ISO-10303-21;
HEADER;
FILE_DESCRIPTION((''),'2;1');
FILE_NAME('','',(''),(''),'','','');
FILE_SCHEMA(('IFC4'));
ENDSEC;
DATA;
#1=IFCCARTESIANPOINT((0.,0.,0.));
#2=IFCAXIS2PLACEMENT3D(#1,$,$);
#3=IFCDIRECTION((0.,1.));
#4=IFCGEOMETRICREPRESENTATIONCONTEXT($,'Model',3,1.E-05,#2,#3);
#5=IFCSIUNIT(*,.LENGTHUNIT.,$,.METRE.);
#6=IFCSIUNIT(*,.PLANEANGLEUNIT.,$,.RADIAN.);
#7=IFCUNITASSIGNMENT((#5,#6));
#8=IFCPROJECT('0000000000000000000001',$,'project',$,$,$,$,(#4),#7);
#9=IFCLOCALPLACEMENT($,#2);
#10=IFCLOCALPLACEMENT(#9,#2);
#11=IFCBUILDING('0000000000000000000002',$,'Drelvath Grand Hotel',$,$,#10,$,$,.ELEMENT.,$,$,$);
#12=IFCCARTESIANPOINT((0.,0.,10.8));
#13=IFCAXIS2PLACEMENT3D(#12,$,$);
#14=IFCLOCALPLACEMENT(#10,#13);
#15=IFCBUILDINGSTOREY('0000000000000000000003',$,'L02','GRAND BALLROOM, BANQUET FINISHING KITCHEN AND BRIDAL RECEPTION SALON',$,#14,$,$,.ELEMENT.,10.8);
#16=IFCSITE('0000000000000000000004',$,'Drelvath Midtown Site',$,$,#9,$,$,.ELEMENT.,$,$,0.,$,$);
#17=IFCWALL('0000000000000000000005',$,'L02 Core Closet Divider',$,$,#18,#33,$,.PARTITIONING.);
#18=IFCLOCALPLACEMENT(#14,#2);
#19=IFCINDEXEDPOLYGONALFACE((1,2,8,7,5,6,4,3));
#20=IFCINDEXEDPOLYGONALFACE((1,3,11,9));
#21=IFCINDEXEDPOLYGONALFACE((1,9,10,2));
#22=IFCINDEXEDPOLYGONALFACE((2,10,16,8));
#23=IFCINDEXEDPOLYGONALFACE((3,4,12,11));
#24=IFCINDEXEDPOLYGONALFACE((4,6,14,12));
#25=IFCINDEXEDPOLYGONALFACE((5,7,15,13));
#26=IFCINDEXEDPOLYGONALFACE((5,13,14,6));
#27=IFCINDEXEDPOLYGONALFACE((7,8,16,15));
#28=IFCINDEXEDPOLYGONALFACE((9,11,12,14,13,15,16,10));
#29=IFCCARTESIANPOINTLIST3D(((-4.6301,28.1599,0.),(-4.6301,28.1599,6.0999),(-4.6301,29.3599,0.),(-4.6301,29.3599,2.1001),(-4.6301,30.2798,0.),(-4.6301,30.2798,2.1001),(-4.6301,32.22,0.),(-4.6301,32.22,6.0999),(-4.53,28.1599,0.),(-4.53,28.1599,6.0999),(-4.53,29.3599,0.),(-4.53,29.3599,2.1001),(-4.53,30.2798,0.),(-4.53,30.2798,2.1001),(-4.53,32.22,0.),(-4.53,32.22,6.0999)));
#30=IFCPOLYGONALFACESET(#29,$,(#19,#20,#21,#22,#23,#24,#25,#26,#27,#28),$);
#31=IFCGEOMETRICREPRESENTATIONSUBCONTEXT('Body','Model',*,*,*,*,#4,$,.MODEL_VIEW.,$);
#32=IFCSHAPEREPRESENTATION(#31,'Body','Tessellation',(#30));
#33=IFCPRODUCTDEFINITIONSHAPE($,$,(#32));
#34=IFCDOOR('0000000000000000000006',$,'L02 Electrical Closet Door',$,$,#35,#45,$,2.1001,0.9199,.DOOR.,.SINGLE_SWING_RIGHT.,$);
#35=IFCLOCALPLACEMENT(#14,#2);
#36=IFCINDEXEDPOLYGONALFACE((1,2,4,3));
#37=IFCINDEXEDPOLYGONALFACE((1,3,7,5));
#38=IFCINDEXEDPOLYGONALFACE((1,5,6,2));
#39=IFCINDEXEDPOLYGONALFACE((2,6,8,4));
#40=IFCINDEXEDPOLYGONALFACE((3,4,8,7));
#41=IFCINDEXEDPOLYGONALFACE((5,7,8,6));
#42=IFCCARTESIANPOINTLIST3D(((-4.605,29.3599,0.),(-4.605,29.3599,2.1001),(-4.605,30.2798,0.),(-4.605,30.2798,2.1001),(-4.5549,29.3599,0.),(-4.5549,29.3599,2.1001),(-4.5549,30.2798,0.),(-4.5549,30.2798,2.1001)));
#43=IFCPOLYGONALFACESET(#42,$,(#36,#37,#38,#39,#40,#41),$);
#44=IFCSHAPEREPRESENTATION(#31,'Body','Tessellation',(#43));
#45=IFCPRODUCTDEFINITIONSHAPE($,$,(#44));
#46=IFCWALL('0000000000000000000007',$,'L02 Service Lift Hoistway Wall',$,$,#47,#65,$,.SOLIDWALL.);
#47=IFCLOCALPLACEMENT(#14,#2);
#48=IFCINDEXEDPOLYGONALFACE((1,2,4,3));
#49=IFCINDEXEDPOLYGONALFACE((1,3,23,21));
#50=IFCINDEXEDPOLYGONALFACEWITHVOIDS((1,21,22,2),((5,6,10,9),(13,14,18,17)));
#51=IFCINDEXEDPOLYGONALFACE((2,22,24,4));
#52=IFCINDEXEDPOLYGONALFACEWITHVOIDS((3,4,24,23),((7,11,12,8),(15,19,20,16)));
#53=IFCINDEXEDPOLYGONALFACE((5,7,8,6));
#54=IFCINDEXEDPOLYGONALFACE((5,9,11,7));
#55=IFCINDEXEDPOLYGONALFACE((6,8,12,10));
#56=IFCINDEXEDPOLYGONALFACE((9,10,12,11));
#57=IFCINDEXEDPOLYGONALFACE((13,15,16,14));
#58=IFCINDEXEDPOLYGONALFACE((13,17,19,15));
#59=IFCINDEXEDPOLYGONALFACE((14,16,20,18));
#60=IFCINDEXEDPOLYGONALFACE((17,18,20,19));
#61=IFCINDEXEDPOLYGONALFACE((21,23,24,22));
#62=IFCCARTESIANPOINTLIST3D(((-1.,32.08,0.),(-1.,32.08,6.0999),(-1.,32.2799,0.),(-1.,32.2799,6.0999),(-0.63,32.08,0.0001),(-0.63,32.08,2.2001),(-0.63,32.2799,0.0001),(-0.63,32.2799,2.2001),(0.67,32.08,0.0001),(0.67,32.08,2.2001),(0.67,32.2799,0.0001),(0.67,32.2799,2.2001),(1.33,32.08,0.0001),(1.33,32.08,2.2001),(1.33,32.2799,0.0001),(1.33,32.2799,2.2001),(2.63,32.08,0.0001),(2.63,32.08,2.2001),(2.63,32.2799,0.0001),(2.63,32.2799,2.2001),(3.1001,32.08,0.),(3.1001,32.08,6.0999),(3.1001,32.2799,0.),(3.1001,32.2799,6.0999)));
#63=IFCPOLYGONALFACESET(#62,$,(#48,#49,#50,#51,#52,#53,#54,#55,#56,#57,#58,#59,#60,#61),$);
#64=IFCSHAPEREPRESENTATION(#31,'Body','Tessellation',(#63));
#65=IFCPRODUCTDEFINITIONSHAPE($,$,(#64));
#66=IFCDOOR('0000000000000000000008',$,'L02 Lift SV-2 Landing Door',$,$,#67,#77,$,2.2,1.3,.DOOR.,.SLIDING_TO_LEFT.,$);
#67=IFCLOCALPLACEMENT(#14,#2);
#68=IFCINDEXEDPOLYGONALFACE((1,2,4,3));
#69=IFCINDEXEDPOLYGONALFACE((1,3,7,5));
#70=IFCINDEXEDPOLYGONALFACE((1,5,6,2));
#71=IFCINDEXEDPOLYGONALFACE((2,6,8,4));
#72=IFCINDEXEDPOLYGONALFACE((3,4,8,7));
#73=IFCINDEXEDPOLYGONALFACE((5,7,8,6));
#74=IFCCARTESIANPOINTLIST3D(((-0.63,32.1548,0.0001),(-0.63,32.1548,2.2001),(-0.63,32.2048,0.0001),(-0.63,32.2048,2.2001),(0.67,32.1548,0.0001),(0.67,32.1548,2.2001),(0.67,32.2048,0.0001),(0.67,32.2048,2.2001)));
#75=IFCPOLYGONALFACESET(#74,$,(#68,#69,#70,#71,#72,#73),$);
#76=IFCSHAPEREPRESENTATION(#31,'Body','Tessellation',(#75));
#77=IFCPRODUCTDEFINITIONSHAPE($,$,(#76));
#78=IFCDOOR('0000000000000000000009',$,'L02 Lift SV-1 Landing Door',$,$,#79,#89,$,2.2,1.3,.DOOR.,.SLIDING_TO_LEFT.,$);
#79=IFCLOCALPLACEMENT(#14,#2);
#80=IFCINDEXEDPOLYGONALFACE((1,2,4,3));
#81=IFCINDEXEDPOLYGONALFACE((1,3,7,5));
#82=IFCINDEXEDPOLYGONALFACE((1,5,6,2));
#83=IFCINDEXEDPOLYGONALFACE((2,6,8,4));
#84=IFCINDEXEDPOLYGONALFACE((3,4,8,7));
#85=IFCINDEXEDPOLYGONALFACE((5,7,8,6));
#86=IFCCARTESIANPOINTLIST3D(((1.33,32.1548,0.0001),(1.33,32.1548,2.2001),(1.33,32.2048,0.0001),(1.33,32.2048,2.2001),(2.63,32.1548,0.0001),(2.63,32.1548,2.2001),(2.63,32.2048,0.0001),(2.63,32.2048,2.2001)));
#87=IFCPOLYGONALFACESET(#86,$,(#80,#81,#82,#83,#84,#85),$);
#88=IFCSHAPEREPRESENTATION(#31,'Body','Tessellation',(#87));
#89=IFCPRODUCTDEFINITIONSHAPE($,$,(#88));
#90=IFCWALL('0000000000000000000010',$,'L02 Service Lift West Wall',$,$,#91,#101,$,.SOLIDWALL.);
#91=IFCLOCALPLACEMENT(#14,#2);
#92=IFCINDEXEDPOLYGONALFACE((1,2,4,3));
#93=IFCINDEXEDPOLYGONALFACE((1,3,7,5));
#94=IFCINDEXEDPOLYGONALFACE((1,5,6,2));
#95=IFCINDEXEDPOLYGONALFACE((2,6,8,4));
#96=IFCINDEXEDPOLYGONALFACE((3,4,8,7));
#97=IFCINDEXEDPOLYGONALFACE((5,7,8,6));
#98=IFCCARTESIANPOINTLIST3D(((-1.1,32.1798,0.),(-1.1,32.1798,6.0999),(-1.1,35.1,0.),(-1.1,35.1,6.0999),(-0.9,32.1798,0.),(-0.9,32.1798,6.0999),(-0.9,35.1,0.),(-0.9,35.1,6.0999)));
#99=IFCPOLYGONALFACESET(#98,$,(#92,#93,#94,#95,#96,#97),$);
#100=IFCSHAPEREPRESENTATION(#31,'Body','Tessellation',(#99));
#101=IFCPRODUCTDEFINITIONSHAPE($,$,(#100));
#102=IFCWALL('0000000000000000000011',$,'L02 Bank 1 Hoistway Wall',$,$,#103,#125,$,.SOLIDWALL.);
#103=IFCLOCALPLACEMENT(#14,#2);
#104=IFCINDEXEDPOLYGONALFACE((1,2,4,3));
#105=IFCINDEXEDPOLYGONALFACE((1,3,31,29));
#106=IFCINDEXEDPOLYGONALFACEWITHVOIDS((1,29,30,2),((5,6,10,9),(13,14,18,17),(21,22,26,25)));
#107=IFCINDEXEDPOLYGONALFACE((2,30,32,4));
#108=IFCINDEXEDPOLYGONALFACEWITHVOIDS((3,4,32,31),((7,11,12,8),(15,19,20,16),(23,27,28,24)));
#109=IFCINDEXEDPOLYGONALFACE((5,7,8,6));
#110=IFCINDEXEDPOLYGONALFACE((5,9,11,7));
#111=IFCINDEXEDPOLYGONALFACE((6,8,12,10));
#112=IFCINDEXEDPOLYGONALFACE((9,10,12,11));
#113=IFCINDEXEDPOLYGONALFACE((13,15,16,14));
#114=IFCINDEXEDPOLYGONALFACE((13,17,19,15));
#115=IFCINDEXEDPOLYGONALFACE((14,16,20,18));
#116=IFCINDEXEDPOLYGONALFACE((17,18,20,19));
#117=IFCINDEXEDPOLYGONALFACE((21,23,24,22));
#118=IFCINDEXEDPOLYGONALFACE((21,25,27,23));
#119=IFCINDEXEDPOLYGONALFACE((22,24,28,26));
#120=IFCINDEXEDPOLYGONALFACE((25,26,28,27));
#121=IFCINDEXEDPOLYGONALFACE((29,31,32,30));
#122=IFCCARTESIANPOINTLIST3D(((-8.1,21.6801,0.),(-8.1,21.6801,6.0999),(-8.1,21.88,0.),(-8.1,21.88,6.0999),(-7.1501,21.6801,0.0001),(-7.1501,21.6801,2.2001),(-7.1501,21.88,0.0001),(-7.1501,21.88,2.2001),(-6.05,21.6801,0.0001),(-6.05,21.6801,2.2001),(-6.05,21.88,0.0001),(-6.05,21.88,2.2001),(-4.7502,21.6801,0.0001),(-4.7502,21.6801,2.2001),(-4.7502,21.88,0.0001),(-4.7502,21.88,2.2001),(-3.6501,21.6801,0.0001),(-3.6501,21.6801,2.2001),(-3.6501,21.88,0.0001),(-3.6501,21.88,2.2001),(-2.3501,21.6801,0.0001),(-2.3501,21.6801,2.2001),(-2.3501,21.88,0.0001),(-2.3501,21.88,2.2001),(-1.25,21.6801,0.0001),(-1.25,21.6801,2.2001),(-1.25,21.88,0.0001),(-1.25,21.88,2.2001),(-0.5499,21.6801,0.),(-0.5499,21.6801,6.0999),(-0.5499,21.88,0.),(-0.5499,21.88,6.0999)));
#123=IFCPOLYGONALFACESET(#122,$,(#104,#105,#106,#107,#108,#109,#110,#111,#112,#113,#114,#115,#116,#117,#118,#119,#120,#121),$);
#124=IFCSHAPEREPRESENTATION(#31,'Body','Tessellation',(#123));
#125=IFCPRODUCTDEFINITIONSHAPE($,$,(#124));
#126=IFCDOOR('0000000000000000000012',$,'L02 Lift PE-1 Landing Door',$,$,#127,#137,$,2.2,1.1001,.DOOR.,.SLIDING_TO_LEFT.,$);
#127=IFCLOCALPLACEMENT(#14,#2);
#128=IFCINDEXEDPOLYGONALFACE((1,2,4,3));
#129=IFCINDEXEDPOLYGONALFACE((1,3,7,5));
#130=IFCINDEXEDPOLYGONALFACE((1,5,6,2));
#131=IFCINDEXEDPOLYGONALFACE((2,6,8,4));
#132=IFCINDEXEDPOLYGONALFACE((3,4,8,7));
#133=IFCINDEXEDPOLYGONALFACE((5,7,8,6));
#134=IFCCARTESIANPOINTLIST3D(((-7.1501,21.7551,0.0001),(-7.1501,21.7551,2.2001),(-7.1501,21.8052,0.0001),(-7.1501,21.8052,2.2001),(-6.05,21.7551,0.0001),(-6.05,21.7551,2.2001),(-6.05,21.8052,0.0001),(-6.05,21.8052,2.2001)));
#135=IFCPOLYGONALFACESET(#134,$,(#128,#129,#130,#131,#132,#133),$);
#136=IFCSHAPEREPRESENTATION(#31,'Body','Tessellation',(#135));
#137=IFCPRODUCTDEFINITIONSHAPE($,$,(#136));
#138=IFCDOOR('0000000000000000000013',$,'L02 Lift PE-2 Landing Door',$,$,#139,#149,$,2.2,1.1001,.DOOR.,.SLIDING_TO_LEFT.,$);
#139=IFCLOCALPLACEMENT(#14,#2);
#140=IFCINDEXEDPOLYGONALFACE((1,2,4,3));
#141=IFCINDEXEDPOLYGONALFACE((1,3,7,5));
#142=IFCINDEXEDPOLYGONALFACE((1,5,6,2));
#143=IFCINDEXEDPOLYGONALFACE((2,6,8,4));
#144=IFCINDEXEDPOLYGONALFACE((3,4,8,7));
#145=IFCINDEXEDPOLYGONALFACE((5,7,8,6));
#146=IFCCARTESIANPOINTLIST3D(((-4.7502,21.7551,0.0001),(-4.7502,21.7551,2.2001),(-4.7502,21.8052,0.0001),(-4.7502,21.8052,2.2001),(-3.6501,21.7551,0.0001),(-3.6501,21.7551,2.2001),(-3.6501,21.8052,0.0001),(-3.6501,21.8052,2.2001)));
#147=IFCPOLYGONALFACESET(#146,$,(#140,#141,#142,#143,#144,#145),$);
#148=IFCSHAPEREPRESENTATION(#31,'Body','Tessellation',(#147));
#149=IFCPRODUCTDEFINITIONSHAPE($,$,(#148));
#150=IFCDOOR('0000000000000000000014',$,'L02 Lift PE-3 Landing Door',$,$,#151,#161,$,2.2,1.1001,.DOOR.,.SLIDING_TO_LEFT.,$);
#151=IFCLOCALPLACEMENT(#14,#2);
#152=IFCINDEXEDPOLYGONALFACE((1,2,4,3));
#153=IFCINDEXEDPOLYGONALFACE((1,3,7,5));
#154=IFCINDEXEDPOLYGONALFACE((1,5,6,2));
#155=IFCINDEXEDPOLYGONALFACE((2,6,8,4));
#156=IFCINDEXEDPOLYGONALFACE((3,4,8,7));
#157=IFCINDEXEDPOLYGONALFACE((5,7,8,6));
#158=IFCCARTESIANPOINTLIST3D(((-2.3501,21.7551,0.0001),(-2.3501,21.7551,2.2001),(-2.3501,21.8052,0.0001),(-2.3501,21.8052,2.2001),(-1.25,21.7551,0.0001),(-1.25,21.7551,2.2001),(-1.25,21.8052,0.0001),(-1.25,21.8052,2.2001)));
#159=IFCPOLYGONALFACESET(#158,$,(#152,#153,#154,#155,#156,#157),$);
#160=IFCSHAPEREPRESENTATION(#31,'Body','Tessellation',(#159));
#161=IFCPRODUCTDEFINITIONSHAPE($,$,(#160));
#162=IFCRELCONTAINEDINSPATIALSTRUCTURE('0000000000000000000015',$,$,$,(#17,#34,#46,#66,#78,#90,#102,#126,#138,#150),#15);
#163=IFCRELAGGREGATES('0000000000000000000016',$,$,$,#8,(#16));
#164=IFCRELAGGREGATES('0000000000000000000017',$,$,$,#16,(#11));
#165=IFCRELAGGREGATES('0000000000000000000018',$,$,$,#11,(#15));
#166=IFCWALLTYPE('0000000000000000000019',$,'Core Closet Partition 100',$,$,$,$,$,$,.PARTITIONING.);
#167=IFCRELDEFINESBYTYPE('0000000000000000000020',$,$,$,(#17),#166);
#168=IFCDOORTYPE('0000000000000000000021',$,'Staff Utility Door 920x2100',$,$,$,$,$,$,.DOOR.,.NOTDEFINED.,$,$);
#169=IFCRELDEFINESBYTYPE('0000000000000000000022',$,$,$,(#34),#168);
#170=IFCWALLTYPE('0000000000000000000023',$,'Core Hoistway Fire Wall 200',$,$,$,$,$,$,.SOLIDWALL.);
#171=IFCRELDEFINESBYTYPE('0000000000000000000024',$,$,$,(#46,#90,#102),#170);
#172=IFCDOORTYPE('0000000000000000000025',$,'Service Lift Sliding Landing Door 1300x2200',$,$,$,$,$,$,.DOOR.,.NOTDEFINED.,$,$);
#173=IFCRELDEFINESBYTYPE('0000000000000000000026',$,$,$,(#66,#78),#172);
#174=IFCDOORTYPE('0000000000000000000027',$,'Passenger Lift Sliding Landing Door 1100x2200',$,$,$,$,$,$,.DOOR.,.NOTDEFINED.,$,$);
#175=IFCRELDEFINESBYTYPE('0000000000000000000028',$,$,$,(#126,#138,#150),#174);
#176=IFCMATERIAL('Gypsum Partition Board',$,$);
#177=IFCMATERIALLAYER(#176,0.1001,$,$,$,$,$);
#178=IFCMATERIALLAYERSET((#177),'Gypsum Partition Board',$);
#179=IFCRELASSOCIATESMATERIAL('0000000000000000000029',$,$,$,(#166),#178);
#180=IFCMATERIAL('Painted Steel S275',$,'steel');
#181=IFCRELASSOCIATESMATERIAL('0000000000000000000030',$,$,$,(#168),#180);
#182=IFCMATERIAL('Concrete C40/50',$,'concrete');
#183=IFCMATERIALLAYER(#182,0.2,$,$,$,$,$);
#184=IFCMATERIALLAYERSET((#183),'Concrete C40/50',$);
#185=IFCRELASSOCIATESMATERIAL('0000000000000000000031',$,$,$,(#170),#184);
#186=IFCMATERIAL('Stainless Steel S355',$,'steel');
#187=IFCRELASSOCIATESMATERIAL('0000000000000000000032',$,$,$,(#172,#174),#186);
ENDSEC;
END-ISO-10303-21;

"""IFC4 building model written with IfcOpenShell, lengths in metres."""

from ifc_helpers import new_model, si_unit, direction, frame, frame_2d, origin, place, context, subcontext, project, spatial, rectangle, extrude, material, layer, layer_set, type_object, element, fill, save


model = new_model("IFC4")

# Units and contexts
model_context = context("Model", 3, precision=1e-05, world=origin(), true_north=direction((0.0, 1.0)))
body_context = subcontext(model_context, "Body", "Model", "MODEL_VIEW")
ifc_project = project(units=[si_unit("LENGTHUNIT", "METRE"), si_unit("PLANEANGLEUNIT", "RADIAN")], contexts=[model_context])

# Site, building, storey
site_placement = place(None, origin())
site = spatial("IfcSite", under=ifc_project, at=site_placement, Name="Drelvath Midtown Site", CompositionType="ELEMENT", RefElevation=0.0)
building_placement = place(site_placement, origin())
building = spatial("IfcBuilding", under=site, at=building_placement, Name="Drelvath Grand Hotel", CompositionType="ELEMENT")
storey_placement = place(building_placement, frame((0.0, 0.0, 10.8)))
storey = spatial("IfcBuildingStorey", under=building, at=storey_placement, Name="L02", Description="GRAND BALLROOM, BANQUET FINISHING KITCHEN AND BRIDAL RECEPTION SALON", CompositionType="ELEMENT", Elevation=10.8)

# Wall, opening, door
ifc_material_1 = material(Name="Gypsum Partition Board")
ifc_layer_1 = layer(ifc_material_1, 0.1001)
ifc_layer_set_1 = layer_set([ifc_layer_1], Name="Gypsum Partition Board")
wall_type_1 = type_object("IfcWallType", Name="Core Closet Partition 100", PredefinedType="PARTITIONING", material=ifc_layer_set_1)
wall_1_placement = place(storey_placement, frame((-4.5801, 28.1599, 0.0), z_axis=(0.0, 0.0, 1.0), x_axis=(0.0, 1.0, 0.0)))
wall_1 = element("IfcWall", 1, at=wall_1_placement, inside=storey, type_object=wall_type_1, Name="L02 Core Closet Divider", PredefinedType="PARTITIONING", context=body_context, shape_type="SweptSolid", body=[
    extrude(rectangle(XDim=4.0601, YDim=0.1001, at=frame_2d((2.03, 0.0))), origin(), (0.0, 0.0, 1.0), 6.0999),
])
opening_1_placement = place(wall_1_placement, frame((1.2, 0.0, 0.0)))
opening_1 = element("IfcOpeningElement", 2, at=opening_1_placement, cuts=wall_1, PredefinedType="OPENING", context=body_context, shape_type="SweptSolid", body=[
    extrude(rectangle(XDim=0.9199, YDim=2.1001, at=frame_2d((0.46, 1.05))), frame((0.0, 0.0601, 0.0), z_axis=(0.0, -1.0, 0.0), x_axis=(1.0, 0.0, 0.0)), (0.0, 0.0, 1.0), 0.1201),
])
ifc_material_2 = material(Name="Painted Steel S275", Category="steel")
door_type_1 = type_object("IfcDoorType", Name="Staff Utility Door 920x2100", OperationType="NOTDEFINED", PredefinedType="DOOR", material=ifc_material_2)
door_1_placement = place(opening_1_placement, origin())
door_1 = element("IfcDoor", 3, at=door_1_placement, inside=storey, type_object=door_type_1, Name="L02 Electrical Closet Door", OperationType="SINGLE_SWING_RIGHT", OverallHeight=2.1001, OverallWidth=0.9199, PredefinedType="DOOR", context=body_context, shape_type="SweptSolid", body=[
    extrude(rectangle(XDim=0.9199, YDim=2.1001, at=frame_2d((0.46, 1.05))), frame((0.0, 0.0249, 0.0), z_axis=(0.0, -1.0, 0.0), x_axis=(1.0, 0.0, 0.0)), (0.0, 0.0, 1.0), 0.05),
])
fill(opening_1, door_1)

# Wall, openings, doors
ifc_material_3 = material(Name="Concrete C40/50", Category="concrete")
ifc_layer_2 = layer(ifc_material_3, 0.2)
ifc_layer_set_2 = layer_set([ifc_layer_2], Name="Concrete C40/50")
wall_type_2 = type_object("IfcWallType", Name="Core Hoistway Fire Wall 200", PredefinedType="SOLIDWALL", material=ifc_layer_set_2)
wall_2_placement = place(storey_placement, frame((-1.0, 32.1799, 0.0), z_axis=(0.0, 0.0, 1.0), x_axis=(1.0, 0.0, 0.0)))
wall_2 = element("IfcWall", 4, at=wall_2_placement, inside=storey, type_object=wall_type_2, Name="L02 Service Lift Hoistway Wall", PredefinedType="SOLIDWALL", context=body_context, shape_type="SweptSolid", body=[
    extrude(rectangle(XDim=4.1001, YDim=0.2, at=frame_2d((2.05, 0.0))), origin(), (0.0, 0.0, 1.0), 6.0999),
])
opening_2_placement = place(wall_2_placement, frame((0.3701, 0.0, 0.0)))
opening_2 = element("IfcOpeningElement", 5, at=opening_2_placement, cuts=wall_2, PredefinedType="OPENING", context=body_context, shape_type="SweptSolid", body=[
    extrude(rectangle(XDim=1.3, YDim=2.2, at=frame_2d((0.6499, 1.1001))), frame((0.0, 0.1099, 0.0), z_axis=(0.0, -1.0, 0.0), x_axis=(1.0, 0.0, 0.0)), (0.0, 0.0, 1.0), 0.22),
])
opening_3_placement = place(wall_2_placement, frame((2.3301, 0.0, 0.0)))
opening_3 = element("IfcOpeningElement", 6, at=opening_3_placement, cuts=wall_2, PredefinedType="OPENING", context=body_context, shape_type="SweptSolid", body=[
    extrude(rectangle(XDim=1.3, YDim=2.2, at=frame_2d((0.6499, 1.1001))), frame((0.0, 0.1099, 0.0), z_axis=(0.0, -1.0, 0.0), x_axis=(1.0, 0.0, 0.0)), (0.0, 0.0, 1.0), 0.22),
])
ifc_material_4 = material(Name="Stainless Steel S355", Category="steel")
door_type_2 = type_object("IfcDoorType", Name="Service Lift Sliding Landing Door 1300x2200", OperationType="NOTDEFINED", PredefinedType="DOOR", material=ifc_material_4)
door_2_placement = place(opening_2_placement, origin())
door_2 = element("IfcDoor", 7, at=door_2_placement, inside=storey, type_object=door_type_2, Name="L02 Lift SV-2 Landing Door", OperationType="SLIDING_TO_LEFT", OverallHeight=2.2, OverallWidth=1.3, PredefinedType="DOOR", context=body_context, shape_type="SweptSolid", body=[
    extrude(rectangle(XDim=1.3, YDim=2.2, at=frame_2d((0.6499, 1.1001))), frame((0.0, 0.0249, 0.0), z_axis=(0.0, -1.0, 0.0), x_axis=(1.0, 0.0, 0.0)), (0.0, 0.0, 1.0), 0.05),
])
fill(opening_2, door_2)
door_3_placement = place(opening_3_placement, origin())
door_3 = element("IfcDoor", 8, at=door_3_placement, inside=storey, type_object=door_type_2, Name="L02 Lift SV-1 Landing Door", OperationType="SLIDING_TO_LEFT", OverallHeight=2.2, OverallWidth=1.3, PredefinedType="DOOR", context=body_context, shape_type="SweptSolid", body=[
    extrude(rectangle(XDim=1.3, YDim=2.2, at=frame_2d((0.6499, 1.1001))), frame((0.0, 0.0249, 0.0), z_axis=(0.0, -1.0, 0.0), x_axis=(1.0, 0.0, 0.0)), (0.0, 0.0, 1.0), 0.05),
])
fill(opening_3, door_3)

# Wall
wall_3_placement = place(storey_placement, frame((-1.0, 32.1799, 0.0), z_axis=(0.0, 0.0, 1.0), x_axis=(0.0, 1.0, 0.0)))
element("IfcWall", 9, at=wall_3_placement, inside=storey, type_object=wall_type_2, Name="L02 Service Lift West Wall", PredefinedType="SOLIDWALL", context=body_context, shape_type="SweptSolid", body=[
    extrude(rectangle(XDim=2.9202, YDim=0.2, at=frame_2d((1.46, 0.0))), origin(), (0.0, 0.0, 1.0), 6.0999),
])

# Wall, openings, doors
wall_4_placement = place(storey_placement, frame((-0.55, 21.78, 0.0), z_axis=(0.0, 0.0, 1.0), x_axis=(-1.0, 0.0, 0.0)))
wall_4 = element("IfcWall", 10, at=wall_4_placement, inside=storey, type_object=wall_type_2, Name="L02 Bank 1 Hoistway Wall", PredefinedType="SOLIDWALL", context=body_context, shape_type="SweptSolid", body=[
    extrude(rectangle(XDim=7.55, YDim=0.2, at=frame_2d((3.7749, 0.0))), origin(), (0.0, 0.0, 1.0), 6.0999),
])
opening_4_placement = place(wall_4_placement, frame((5.5, 0.0, 0.0)))
opening_4 = element("IfcOpeningElement", 11, at=opening_4_placement, cuts=wall_4, PredefinedType="OPENING", context=body_context, shape_type="SweptSolid", body=[
    extrude(rectangle(XDim=1.1001, YDim=2.2, at=frame_2d((0.55, 1.1001))), frame((0.0, 0.1099, 0.0), z_axis=(0.0, -1.0, 0.0), x_axis=(1.0, 0.0, 0.0)), (0.0, 0.0, 1.0), 0.22),
])
opening_5_placement = place(wall_4_placement, frame((3.1001, 0.0, 0.0)))
opening_5 = element("IfcOpeningElement", 12, at=opening_5_placement, cuts=wall_4, PredefinedType="OPENING", context=body_context, shape_type="SweptSolid", body=[
    extrude(rectangle(XDim=1.1001, YDim=2.2, at=frame_2d((0.55, 1.1001))), frame((0.0, 0.1099, 0.0), z_axis=(0.0, -1.0, 0.0), x_axis=(1.0, 0.0, 0.0)), (0.0, 0.0, 1.0), 0.22),
])
opening_6_placement = place(wall_4_placement, frame((0.7, 0.0, 0.0)))
opening_6 = element("IfcOpeningElement", 13, at=opening_6_placement, cuts=wall_4, PredefinedType="OPENING", context=body_context, shape_type="SweptSolid", body=[
    extrude(rectangle(XDim=1.1001, YDim=2.2, at=frame_2d((0.55, 1.1001))), frame((0.0, 0.1099, 0.0), z_axis=(0.0, -1.0, 0.0), x_axis=(1.0, 0.0, 0.0)), (0.0, 0.0, 1.0), 0.22),
])
door_type_3 = type_object("IfcDoorType", Name="Passenger Lift Sliding Landing Door 1100x2200", OperationType="NOTDEFINED", PredefinedType="DOOR", material=ifc_material_4)
door_4_placement = place(opening_4_placement, origin())
door_4 = element("IfcDoor", 14, at=door_4_placement, inside=storey, type_object=door_type_3, Name="L02 Lift PE-1 Landing Door", OperationType="SLIDING_TO_LEFT", OverallHeight=2.2, OverallWidth=1.1001, PredefinedType="DOOR", context=body_context, shape_type="SweptSolid", body=[
    extrude(rectangle(XDim=1.1001, YDim=2.2, at=frame_2d((0.55, 1.1001))), frame((0.0, 0.0249, 0.0), z_axis=(0.0, -1.0, 0.0), x_axis=(1.0, 0.0, 0.0)), (0.0, 0.0, 1.0), 0.05),
])
fill(opening_4, door_4)
door_5_placement = place(opening_5_placement, origin())
door_5 = element("IfcDoor", 15, at=door_5_placement, inside=storey, type_object=door_type_3, Name="L02 Lift PE-2 Landing Door", OperationType="SLIDING_TO_LEFT", OverallHeight=2.2, OverallWidth=1.1001, PredefinedType="DOOR", context=body_context, shape_type="SweptSolid", body=[
    extrude(rectangle(XDim=1.1001, YDim=2.2, at=frame_2d((0.55, 1.1001))), frame((0.0, 0.0249, 0.0), z_axis=(0.0, -1.0, 0.0), x_axis=(1.0, 0.0, 0.0)), (0.0, 0.0, 1.0), 0.05),
])
fill(opening_5, door_5)
door_6_placement = place(opening_6_placement, origin())
door_6 = element("IfcDoor", 16, at=door_6_placement, inside=storey, type_object=door_type_3, Name="L02 Lift PE-3 Landing Door", OperationType="SLIDING_TO_LEFT", OverallHeight=2.2, OverallWidth=1.1001, PredefinedType="DOOR", context=body_context, shape_type="SweptSolid", body=[
    extrude(rectangle(XDim=1.1001, YDim=2.2, at=frame_2d((0.55, 1.1001))), frame((0.0, 0.0249, 0.0), z_axis=(0.0, -1.0, 0.0), x_axis=(1.0, 0.0, 0.0)), (0.0, 0.0, 1.0), 0.05),
])
fill(opening_6, door_6)

save(model, "model.ifc")
